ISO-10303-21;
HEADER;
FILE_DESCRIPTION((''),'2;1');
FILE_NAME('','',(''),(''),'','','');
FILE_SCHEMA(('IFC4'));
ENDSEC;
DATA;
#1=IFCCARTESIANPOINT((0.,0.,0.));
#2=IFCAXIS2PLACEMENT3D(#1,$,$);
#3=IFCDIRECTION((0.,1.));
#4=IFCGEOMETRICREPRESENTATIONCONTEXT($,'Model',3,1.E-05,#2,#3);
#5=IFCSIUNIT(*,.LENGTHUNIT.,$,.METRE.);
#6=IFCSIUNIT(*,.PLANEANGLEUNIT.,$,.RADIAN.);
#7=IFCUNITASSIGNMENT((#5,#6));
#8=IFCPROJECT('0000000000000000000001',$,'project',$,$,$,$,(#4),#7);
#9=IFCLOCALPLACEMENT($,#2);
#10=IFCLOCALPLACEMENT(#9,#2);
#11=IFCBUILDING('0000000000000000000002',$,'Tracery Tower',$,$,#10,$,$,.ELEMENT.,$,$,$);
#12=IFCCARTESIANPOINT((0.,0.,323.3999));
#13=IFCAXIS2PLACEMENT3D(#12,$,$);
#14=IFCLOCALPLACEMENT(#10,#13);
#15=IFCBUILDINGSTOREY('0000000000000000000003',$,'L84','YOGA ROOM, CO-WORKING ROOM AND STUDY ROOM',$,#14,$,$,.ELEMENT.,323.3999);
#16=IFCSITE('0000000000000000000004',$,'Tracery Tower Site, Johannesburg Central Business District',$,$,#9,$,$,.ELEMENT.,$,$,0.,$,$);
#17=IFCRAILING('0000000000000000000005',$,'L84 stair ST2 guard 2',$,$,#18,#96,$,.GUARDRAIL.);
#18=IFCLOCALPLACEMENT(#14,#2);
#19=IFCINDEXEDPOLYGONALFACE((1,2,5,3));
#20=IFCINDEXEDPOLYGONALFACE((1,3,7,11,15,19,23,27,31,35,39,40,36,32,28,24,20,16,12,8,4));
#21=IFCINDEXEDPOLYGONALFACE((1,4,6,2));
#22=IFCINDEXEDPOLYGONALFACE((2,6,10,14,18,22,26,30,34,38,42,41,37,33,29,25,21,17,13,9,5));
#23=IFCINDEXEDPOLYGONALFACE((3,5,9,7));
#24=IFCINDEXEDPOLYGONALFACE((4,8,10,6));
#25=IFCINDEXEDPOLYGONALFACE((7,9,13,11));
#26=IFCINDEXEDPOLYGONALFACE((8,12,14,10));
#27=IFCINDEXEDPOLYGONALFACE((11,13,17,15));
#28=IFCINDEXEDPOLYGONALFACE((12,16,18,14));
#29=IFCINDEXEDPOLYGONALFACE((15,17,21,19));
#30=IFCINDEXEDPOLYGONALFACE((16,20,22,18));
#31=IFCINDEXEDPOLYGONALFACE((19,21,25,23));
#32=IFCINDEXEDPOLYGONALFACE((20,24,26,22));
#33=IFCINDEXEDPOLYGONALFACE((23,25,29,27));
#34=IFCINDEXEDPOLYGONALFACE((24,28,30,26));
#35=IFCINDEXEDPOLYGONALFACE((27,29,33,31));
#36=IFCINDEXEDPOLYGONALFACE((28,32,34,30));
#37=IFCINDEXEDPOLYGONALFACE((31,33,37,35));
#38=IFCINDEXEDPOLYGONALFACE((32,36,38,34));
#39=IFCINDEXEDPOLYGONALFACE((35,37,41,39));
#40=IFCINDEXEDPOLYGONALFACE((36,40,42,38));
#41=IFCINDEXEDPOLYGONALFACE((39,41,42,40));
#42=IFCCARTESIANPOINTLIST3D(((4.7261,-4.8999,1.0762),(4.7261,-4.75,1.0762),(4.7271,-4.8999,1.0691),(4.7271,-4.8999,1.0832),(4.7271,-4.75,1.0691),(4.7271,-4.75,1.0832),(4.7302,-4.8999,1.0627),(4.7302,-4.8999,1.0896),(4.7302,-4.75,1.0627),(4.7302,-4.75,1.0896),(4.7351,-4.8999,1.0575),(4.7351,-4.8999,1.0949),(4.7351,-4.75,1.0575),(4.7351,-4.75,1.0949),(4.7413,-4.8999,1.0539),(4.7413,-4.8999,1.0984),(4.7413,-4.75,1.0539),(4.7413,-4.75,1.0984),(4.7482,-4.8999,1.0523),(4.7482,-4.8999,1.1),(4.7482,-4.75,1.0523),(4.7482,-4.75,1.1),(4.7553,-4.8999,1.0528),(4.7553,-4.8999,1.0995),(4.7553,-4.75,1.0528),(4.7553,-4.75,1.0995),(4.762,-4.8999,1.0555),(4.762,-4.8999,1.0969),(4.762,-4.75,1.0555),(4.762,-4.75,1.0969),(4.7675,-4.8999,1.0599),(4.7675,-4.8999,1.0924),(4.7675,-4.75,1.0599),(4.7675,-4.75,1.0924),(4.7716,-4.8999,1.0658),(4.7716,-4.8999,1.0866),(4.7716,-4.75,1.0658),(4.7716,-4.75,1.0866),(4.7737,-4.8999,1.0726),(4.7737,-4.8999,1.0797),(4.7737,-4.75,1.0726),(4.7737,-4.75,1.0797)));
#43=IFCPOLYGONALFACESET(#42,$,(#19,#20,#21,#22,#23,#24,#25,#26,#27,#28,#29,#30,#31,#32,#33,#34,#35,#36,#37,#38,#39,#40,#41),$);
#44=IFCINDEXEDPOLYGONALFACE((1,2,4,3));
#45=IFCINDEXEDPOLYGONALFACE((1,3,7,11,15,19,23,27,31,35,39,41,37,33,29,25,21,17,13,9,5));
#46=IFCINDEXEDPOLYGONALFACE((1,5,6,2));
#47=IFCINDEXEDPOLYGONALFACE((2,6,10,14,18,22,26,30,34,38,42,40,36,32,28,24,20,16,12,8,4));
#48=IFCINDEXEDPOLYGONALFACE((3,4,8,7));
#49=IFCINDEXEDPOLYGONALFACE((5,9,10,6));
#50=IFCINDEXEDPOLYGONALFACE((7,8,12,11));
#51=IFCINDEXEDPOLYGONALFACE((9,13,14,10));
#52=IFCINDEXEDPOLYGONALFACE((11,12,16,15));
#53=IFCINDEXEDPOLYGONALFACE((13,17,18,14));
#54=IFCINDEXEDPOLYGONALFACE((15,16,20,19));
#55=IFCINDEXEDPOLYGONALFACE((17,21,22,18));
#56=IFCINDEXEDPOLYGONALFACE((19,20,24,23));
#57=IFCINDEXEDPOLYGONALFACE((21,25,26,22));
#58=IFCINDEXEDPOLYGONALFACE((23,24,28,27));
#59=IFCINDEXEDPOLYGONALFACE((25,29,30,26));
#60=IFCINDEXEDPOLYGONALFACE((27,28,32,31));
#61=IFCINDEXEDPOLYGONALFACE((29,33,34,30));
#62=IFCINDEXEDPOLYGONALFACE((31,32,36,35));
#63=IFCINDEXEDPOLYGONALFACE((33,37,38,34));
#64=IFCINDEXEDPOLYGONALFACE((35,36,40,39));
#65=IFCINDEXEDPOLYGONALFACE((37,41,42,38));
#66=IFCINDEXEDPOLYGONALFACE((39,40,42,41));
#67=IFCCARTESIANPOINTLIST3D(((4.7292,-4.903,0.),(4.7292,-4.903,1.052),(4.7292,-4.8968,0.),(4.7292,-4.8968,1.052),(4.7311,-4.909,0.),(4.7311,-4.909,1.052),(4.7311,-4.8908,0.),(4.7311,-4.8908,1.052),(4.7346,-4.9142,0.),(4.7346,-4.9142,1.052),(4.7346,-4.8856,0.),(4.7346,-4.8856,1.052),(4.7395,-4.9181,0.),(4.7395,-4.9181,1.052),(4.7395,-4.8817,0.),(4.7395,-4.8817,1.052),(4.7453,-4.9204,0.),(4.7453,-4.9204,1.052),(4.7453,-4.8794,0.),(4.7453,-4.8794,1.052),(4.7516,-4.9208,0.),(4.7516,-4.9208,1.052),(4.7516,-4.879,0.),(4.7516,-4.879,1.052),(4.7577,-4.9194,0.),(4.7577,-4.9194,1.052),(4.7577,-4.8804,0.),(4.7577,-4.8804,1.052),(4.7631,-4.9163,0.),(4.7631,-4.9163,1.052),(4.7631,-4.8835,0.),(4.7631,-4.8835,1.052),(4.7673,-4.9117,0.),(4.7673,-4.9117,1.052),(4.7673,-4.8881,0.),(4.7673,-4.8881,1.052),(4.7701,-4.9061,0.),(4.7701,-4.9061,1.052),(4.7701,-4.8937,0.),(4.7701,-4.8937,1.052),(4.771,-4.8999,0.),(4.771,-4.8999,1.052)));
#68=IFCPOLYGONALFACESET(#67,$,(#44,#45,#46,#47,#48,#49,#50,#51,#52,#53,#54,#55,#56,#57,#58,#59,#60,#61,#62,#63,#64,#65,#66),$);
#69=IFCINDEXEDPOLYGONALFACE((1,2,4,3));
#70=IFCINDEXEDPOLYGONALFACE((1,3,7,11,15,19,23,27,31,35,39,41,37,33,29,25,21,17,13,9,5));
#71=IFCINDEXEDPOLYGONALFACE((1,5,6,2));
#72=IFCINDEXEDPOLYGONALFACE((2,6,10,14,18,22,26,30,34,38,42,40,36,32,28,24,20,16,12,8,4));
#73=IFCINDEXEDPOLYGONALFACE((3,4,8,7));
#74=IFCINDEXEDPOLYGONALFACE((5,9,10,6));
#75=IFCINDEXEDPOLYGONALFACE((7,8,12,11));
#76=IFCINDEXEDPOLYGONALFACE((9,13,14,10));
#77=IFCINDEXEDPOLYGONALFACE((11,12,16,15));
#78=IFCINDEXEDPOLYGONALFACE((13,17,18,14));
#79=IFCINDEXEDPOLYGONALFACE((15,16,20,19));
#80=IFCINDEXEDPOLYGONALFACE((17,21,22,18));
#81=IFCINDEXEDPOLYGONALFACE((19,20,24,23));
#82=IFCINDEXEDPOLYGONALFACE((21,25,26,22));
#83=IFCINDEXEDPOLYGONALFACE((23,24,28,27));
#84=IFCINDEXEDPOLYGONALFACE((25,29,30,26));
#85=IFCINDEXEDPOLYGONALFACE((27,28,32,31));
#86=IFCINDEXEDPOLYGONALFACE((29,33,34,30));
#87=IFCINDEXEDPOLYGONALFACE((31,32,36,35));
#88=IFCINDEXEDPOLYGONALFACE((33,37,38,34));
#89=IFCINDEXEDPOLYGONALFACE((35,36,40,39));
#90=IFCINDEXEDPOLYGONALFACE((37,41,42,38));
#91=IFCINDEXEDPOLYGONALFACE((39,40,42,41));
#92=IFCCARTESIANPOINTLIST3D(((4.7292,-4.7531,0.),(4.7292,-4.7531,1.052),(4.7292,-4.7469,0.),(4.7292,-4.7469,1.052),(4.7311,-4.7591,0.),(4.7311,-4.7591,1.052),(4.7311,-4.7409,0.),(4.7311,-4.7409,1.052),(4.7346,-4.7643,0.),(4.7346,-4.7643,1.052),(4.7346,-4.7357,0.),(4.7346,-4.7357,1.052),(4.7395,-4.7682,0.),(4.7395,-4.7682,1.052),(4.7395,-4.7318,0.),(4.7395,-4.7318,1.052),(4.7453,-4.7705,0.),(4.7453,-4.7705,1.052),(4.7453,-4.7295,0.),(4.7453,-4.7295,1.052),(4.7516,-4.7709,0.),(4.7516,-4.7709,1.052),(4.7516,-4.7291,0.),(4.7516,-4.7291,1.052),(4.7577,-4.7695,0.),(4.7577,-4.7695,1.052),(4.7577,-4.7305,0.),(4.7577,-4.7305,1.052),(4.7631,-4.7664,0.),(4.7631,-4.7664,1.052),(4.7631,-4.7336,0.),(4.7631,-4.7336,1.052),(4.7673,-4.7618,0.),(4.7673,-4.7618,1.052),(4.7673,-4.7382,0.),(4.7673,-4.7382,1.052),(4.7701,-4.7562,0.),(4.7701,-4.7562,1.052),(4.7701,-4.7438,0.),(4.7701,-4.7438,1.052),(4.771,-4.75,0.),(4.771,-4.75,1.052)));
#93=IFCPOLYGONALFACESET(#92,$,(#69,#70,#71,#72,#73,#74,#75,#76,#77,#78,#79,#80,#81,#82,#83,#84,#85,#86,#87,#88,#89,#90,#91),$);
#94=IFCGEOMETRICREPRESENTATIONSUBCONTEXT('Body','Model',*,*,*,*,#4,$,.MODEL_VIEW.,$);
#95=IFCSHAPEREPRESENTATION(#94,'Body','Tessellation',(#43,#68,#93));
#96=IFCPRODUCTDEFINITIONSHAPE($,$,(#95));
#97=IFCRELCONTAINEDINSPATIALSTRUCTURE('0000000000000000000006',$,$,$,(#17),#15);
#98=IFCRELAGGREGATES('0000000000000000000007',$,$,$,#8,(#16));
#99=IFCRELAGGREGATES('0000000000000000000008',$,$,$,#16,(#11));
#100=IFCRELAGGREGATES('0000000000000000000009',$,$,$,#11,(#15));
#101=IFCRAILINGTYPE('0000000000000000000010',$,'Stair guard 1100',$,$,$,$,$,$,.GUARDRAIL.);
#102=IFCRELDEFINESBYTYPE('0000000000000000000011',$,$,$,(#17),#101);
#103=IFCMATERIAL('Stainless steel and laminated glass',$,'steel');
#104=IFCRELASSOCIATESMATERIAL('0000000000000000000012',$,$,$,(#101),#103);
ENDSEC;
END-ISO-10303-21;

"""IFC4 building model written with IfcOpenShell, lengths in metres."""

from ifc_helpers import new_model, si_unit, direction, frame, origin, origin_2d, place, context, subcontext, project, spatial, circle, extrude, material, type_object, element, save


model = new_model("IFC4")

# Units and contexts
model_context = context("Model", 3, precision=1e-05, world=origin(), true_north=direction((0.0, 1.0)))
body_context = subcontext(model_context, "Body", "Model", "MODEL_VIEW")
ifc_project = project(units=[si_unit("LENGTHUNIT", "METRE"), si_unit("PLANEANGLEUNIT", "RADIAN")], contexts=[model_context])

# Site, building, storey
site_placement = place(None, origin())
site = spatial("IfcSite", under=ifc_project, at=site_placement, Name="Tracery Tower Site, Johannesburg Central Business District", CompositionType="ELEMENT", RefElevation=0.0)
building_placement = place(site_placement, origin())
building = spatial("IfcBuilding", under=site, at=building_placement, Name="Tracery Tower", CompositionType="ELEMENT")
storey_placement = place(building_placement, frame((0.0, 0.0, 323.3999)))
storey = spatial("IfcBuildingStorey", under=building, at=storey_placement, Name="L84", Description="YOGA ROOM, CO-WORKING ROOM AND STUDY ROOM", CompositionType="ELEMENT", Elevation=323.3999)

# Railing
ifc_material_1 = material(Name="Stainless steel and laminated glass", Category="steel")
railing_type_1 = type_object("IfcRailingType", Name="Stair guard 1100", PredefinedType="GUARDRAIL", material=ifc_material_1)
railing_1_placement = place(storey_placement, frame((4.75, -4.8999, 0.0)))
element("IfcRailing", 1, at=railing_1_placement, inside=storey, type_object=railing_type_1, Name="L84 stair ST2 guard 2", PredefinedType="GUARDRAIL", context=body_context, shape_type="SweptSolid", body=[
    extrude(circle(Radius=0.0239, at=origin_2d()), frame((0.0, 0.0, 1.0762), z_axis=(0.0, 1.0, 0.0), x_axis=(-1.0, 0.0, 0.0)), (0.0, 0.0, 1.0), 0.1499),
    extrude(circle(Radius=0.021, at=origin_2d()), origin(), (0.0, 0.0, 1.0), 1.052),
    extrude(circle(Radius=0.021, at=origin_2d()), frame((0.0, 0.1499, 0.0)), (0.0, 0.0, 1.0), 1.052),
])

save(model, "model.ifc")
